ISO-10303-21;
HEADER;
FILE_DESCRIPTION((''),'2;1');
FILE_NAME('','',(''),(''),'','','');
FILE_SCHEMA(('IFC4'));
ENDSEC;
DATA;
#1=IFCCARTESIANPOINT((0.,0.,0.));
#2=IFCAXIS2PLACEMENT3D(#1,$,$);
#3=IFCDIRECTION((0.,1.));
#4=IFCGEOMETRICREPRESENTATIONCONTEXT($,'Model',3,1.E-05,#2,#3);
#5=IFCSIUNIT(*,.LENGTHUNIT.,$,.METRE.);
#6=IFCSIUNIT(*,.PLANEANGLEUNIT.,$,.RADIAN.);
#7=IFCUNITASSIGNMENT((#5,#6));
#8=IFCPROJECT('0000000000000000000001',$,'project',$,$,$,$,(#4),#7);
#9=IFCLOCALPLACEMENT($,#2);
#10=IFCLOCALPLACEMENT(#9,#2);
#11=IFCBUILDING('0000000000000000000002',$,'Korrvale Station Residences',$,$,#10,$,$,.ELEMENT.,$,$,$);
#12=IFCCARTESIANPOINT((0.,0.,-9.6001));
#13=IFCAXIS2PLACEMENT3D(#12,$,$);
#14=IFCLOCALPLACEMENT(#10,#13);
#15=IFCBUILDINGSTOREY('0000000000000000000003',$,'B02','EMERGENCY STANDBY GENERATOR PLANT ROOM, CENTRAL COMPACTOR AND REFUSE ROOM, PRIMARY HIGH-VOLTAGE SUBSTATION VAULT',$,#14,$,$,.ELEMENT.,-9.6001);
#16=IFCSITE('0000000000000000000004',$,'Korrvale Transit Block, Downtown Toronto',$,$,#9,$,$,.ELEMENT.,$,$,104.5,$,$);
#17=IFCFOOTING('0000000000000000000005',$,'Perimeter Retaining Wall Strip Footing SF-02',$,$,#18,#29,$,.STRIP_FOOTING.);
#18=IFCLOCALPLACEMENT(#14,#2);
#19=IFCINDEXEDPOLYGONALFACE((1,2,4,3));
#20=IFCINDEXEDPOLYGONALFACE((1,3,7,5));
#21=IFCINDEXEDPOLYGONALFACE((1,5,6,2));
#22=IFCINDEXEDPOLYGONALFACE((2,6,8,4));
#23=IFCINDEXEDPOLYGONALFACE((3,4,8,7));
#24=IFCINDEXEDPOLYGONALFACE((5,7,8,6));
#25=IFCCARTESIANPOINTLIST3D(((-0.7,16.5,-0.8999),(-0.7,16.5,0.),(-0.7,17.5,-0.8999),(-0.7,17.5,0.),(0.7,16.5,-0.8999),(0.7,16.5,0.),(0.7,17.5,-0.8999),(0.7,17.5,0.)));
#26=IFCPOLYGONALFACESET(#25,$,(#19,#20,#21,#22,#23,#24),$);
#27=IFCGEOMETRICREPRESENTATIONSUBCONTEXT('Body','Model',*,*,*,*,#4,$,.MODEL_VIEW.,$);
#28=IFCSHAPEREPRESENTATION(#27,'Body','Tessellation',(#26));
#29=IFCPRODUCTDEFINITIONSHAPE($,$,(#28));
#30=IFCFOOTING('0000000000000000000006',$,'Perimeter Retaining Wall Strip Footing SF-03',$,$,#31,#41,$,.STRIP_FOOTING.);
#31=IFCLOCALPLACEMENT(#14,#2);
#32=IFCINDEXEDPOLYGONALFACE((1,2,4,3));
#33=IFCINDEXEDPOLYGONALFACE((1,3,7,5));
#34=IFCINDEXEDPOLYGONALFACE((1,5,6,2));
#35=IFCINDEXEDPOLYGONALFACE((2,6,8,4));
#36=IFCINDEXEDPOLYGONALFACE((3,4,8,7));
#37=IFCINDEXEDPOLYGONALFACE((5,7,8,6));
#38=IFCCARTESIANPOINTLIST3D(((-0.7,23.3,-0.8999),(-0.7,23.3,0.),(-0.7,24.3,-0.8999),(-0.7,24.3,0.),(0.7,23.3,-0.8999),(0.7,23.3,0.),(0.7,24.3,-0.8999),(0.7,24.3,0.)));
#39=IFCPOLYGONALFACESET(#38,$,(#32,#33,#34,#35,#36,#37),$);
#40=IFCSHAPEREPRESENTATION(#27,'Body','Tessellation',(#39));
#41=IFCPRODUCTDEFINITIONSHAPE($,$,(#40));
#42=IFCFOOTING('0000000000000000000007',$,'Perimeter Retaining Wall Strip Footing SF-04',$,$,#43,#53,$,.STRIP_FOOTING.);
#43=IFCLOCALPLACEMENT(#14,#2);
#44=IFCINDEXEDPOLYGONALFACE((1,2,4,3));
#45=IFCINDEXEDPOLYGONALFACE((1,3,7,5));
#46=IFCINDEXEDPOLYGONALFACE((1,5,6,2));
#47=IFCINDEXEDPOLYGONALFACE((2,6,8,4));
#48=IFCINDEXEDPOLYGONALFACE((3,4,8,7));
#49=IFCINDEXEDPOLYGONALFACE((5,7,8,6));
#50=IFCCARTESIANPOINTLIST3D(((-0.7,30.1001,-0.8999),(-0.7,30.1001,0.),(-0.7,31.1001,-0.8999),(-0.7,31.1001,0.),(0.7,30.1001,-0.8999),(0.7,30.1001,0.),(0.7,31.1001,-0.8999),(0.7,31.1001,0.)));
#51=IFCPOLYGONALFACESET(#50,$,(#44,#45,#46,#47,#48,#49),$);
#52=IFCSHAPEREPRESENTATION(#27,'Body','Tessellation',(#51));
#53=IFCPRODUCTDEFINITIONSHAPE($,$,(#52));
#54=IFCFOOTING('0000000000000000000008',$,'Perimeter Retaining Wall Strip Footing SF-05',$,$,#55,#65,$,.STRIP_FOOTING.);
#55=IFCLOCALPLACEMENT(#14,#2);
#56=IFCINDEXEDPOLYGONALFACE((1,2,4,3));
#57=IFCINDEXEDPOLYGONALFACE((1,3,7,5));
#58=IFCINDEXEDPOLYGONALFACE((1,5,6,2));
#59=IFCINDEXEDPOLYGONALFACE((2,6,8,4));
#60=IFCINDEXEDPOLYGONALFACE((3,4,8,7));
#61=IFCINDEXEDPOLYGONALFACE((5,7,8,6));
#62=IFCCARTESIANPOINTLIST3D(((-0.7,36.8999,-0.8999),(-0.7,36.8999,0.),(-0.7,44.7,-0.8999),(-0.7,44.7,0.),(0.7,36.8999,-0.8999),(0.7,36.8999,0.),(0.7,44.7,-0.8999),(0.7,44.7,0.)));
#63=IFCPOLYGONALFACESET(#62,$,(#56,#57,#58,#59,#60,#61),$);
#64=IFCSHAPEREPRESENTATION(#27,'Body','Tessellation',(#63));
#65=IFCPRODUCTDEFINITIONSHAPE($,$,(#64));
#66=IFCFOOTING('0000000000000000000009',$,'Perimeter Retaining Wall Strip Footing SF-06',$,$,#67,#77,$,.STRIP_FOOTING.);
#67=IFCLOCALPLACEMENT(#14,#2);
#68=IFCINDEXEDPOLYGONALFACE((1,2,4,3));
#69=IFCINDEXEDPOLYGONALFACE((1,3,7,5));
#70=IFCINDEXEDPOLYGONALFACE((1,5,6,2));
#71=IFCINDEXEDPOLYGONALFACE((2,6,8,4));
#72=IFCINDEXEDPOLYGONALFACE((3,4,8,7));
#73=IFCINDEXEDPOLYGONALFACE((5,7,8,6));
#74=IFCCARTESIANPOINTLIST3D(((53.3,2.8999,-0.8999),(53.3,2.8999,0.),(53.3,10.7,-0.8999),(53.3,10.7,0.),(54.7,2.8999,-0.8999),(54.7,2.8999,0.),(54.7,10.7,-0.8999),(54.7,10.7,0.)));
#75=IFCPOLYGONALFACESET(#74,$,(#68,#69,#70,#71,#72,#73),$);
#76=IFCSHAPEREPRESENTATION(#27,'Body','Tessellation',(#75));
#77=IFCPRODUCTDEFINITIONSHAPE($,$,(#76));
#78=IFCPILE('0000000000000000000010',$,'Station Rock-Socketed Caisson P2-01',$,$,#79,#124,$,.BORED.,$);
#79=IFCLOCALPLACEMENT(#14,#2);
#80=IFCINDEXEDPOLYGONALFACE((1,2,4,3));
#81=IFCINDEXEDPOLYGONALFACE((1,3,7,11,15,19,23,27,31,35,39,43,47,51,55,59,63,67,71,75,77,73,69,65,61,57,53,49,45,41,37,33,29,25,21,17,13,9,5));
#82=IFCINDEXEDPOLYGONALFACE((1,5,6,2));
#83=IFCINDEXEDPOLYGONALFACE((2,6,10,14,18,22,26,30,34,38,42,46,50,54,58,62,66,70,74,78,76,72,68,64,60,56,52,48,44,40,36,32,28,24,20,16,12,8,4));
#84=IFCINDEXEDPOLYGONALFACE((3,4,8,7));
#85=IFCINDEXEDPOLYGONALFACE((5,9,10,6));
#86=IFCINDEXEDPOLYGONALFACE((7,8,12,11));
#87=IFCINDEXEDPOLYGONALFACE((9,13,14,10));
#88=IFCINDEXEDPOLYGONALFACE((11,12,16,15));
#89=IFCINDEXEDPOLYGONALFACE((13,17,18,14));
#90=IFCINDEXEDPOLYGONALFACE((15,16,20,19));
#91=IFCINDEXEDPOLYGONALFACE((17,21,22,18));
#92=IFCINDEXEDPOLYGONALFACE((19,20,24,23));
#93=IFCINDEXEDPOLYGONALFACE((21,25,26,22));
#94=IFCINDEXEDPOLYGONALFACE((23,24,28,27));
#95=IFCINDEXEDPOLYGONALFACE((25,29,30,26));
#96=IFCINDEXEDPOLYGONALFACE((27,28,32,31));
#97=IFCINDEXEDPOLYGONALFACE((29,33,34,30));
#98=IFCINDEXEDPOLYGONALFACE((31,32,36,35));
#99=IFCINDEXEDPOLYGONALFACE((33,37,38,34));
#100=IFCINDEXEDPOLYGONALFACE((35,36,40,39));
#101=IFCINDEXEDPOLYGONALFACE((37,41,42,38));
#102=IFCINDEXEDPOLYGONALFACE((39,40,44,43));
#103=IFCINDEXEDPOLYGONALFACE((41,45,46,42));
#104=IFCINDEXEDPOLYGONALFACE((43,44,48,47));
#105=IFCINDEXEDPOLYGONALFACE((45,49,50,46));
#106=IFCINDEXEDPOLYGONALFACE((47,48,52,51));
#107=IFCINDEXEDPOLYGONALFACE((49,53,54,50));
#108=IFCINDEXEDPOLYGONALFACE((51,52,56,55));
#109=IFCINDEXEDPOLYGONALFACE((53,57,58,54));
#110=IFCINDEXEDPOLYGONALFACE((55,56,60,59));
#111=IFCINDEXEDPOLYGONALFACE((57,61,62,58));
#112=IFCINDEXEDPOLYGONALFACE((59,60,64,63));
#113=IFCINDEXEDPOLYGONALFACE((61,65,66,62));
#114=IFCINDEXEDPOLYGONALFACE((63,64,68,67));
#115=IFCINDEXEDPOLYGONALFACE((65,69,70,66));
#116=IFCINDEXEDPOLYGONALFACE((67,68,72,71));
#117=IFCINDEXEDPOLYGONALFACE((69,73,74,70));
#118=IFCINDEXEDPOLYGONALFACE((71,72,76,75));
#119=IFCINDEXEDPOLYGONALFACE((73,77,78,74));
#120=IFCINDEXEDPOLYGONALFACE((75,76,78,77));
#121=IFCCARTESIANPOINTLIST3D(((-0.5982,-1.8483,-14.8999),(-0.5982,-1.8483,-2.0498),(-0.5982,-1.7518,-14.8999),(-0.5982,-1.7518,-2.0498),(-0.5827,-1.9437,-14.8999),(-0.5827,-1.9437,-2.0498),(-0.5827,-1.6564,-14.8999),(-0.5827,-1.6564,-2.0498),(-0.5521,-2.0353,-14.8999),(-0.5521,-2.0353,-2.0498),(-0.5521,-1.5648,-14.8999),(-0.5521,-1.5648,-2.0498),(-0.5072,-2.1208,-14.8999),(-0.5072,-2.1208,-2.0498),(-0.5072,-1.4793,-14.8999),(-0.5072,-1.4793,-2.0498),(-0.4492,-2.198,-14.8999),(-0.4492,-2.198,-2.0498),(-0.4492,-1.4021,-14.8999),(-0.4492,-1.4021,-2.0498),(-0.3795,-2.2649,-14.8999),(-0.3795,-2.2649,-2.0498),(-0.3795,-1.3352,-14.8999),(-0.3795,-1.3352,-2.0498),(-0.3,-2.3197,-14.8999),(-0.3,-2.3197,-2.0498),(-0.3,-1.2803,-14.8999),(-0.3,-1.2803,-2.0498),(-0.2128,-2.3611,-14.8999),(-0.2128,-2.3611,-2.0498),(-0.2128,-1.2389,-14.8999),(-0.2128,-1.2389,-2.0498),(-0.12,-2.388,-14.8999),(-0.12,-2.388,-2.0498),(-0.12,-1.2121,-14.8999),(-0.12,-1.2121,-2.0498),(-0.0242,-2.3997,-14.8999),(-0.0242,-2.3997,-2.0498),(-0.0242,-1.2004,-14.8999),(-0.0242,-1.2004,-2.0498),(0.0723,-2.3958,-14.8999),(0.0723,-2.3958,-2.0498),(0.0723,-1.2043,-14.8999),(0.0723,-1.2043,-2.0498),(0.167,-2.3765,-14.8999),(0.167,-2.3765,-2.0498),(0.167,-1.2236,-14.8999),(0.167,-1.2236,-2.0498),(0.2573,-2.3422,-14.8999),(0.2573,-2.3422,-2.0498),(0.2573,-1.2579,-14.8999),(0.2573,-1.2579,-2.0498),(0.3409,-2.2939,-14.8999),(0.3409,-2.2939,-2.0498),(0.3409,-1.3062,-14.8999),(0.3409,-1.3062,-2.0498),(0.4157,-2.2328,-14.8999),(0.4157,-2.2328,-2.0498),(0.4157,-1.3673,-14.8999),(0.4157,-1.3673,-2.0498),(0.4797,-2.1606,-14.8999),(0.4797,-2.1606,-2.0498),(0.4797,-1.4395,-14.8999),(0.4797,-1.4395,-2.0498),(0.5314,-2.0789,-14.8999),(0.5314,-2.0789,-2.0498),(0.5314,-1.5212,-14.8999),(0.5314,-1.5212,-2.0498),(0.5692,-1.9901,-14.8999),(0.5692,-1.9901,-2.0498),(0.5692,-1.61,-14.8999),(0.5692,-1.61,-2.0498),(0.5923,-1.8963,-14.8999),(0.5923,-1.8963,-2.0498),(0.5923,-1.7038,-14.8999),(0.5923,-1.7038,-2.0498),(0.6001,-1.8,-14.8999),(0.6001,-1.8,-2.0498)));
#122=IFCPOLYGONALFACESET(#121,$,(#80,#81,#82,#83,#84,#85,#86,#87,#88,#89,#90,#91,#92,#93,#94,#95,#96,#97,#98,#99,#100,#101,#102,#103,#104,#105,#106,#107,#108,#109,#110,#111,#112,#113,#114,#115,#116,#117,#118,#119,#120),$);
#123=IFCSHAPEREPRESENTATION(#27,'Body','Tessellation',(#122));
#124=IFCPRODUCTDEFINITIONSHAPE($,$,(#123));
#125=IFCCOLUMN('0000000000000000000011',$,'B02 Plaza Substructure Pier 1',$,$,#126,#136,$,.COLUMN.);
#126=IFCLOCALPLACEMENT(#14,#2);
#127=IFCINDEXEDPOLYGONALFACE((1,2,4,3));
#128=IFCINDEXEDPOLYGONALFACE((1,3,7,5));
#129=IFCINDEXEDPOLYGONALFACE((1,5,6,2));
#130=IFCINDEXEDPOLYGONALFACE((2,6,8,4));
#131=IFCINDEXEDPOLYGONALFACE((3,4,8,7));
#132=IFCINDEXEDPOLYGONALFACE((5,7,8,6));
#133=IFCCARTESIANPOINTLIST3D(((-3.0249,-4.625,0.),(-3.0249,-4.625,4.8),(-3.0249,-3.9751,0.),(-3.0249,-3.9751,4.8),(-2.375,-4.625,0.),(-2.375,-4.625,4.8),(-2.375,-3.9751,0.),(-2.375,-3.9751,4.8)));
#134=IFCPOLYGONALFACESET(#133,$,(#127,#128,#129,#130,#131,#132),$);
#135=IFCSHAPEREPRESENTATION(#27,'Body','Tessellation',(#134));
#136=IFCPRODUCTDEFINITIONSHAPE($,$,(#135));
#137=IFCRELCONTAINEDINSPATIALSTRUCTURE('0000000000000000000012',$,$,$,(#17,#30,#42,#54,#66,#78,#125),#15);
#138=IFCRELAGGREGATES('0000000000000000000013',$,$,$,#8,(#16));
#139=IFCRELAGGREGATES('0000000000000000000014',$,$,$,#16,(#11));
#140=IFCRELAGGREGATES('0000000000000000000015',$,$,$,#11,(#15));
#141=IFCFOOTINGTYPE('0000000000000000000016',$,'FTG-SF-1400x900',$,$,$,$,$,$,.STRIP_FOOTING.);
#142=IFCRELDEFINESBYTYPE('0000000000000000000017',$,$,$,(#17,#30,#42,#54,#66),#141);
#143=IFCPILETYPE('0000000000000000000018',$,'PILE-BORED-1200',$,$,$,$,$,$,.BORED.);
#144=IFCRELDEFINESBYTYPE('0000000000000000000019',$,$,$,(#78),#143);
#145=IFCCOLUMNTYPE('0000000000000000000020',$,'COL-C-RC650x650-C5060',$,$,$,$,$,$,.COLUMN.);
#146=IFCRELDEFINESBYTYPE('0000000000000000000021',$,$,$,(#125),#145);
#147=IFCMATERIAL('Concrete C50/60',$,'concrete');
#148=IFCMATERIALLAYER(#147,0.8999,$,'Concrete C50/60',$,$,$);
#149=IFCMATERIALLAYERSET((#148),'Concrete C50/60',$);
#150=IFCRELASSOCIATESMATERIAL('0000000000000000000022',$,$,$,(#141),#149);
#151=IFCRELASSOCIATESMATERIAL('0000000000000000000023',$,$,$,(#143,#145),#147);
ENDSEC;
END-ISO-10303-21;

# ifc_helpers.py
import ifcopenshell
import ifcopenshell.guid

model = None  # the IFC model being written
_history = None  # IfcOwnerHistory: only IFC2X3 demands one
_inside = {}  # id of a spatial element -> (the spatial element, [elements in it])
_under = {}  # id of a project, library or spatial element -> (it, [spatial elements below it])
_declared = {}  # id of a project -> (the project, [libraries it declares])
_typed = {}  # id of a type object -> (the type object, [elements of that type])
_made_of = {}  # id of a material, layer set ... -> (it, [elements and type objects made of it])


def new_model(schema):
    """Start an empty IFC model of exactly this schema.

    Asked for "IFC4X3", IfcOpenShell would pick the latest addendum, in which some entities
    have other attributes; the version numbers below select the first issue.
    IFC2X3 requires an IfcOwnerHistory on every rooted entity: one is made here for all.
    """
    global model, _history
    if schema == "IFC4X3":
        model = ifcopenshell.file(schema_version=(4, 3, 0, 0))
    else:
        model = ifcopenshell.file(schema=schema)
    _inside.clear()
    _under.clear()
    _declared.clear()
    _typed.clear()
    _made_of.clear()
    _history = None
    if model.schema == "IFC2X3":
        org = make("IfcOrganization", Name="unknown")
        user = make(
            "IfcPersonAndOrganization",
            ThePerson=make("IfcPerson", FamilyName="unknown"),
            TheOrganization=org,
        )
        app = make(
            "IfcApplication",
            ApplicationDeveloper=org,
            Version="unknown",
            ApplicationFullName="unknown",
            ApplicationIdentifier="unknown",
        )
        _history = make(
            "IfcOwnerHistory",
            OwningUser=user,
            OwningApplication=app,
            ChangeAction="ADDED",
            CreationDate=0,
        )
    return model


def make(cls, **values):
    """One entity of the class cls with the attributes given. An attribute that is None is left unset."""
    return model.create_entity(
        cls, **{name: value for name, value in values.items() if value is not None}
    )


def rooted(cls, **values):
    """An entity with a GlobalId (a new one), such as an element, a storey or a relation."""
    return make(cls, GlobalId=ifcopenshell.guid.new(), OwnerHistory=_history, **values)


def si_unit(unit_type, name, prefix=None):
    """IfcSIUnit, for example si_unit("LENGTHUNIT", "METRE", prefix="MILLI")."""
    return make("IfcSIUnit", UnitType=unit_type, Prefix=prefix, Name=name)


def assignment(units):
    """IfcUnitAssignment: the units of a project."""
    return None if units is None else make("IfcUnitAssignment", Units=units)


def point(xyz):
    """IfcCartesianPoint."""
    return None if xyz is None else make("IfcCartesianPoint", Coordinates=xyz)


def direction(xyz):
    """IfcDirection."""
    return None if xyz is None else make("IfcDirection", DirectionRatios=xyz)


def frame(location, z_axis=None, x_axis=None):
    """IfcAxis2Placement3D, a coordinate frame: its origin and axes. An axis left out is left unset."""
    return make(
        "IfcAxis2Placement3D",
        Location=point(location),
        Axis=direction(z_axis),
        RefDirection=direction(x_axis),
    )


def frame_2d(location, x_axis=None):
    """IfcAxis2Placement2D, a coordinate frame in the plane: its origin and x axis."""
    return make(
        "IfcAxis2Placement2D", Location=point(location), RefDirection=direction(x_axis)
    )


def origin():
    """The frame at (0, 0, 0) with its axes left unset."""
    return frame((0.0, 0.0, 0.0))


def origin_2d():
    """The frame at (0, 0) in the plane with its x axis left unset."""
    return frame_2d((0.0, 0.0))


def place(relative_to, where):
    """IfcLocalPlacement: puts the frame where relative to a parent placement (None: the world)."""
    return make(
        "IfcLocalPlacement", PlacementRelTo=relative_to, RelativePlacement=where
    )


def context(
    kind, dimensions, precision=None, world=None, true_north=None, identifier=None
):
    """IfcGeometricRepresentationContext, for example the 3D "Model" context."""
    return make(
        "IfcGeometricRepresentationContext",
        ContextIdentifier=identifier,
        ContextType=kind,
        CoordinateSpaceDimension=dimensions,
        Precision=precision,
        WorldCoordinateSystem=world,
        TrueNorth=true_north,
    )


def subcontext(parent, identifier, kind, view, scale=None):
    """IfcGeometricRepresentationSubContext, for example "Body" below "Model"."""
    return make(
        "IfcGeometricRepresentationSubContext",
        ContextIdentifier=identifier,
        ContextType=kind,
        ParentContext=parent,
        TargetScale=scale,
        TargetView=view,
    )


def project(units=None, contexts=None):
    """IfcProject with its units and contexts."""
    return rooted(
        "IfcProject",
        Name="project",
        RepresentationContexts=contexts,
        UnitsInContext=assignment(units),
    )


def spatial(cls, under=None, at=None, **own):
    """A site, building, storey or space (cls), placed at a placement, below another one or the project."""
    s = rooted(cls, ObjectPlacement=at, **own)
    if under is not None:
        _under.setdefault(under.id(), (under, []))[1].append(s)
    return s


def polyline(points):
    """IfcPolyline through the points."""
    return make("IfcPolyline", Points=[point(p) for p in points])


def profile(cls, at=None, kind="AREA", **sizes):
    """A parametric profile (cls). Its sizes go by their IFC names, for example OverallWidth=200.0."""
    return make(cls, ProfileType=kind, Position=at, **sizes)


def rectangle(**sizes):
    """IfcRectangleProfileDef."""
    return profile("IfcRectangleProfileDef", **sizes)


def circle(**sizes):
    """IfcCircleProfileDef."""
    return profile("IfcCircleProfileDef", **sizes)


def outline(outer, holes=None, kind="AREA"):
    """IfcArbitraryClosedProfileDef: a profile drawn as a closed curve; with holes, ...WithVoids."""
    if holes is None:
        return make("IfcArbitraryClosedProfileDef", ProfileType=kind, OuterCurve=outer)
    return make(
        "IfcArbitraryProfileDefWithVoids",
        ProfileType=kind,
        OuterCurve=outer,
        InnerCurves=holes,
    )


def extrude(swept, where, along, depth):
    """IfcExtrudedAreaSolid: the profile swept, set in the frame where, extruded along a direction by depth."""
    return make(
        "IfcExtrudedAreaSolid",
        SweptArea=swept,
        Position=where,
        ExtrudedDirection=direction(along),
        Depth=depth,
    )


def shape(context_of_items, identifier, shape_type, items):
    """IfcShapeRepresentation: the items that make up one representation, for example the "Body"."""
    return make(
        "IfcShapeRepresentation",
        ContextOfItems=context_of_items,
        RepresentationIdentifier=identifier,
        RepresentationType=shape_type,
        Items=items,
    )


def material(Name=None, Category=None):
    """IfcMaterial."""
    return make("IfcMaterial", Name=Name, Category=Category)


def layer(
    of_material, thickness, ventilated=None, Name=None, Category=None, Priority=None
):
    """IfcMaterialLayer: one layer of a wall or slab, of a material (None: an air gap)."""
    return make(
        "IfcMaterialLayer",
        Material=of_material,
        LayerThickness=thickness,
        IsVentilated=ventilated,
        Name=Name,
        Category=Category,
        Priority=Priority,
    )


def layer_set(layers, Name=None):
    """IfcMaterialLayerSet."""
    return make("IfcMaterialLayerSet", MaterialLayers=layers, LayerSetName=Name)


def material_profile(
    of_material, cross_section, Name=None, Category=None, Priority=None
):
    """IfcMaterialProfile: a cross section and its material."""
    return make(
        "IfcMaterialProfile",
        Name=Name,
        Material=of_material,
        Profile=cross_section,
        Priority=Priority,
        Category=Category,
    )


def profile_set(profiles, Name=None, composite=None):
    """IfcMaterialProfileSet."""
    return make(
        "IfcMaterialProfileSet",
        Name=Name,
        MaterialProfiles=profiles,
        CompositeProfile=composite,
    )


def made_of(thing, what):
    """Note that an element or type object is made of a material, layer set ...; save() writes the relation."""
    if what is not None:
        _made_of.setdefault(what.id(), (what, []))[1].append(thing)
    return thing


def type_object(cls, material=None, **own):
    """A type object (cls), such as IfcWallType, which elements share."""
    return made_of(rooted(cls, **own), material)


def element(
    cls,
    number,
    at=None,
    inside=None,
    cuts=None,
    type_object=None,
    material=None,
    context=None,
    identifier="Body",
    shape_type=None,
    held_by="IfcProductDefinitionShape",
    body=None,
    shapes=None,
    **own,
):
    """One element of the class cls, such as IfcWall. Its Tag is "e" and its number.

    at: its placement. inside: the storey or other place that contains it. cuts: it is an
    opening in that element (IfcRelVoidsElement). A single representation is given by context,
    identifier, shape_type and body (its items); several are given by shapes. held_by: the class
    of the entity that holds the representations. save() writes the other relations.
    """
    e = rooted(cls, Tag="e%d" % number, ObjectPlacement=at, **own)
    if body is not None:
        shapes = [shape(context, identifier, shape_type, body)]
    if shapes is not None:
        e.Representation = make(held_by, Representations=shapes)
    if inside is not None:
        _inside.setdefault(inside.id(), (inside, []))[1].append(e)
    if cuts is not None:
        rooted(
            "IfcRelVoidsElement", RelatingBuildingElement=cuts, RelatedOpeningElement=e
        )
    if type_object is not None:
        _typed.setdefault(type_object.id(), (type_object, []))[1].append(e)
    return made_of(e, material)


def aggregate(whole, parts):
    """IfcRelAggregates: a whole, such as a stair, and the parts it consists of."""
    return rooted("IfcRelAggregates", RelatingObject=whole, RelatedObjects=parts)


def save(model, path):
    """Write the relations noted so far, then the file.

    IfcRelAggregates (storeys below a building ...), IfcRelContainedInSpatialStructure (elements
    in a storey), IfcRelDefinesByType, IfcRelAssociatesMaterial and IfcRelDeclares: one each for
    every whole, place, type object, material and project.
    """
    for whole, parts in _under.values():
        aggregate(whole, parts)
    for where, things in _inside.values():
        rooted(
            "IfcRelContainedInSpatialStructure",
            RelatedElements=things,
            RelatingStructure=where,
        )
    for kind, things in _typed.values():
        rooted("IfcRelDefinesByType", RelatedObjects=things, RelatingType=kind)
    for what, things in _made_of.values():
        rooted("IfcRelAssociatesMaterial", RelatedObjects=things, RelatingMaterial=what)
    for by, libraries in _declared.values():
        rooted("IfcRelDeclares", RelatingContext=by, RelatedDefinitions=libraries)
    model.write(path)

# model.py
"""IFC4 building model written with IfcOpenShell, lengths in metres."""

from ifc_helpers import new_model, si_unit, direction, frame, origin, origin_2d, place, context, subcontext, project, spatial, polyline, rectangle, circle, outline, extrude, material, layer, layer_set, material_profile, profile_set, type_object, element, save


model = new_model("IFC4")

# Units and contexts
model_context = context("Model", 3, precision=1e-05, world=origin(), true_north=direction((0.0, 1.0)))
body_context = subcontext(model_context, "Body", "Model", "MODEL_VIEW")
ifc_project = project(units=[si_unit("LENGTHUNIT", "METRE"), si_unit("PLANEANGLEUNIT", "RADIAN")], contexts=[model_context])

# Site, building, storey
site_placement = place(None, origin())
site = spatial("IfcSite", under=ifc_project, at=site_placement, Name="Korrvale Transit Block, Downtown Toronto", CompositionType="ELEMENT", RefElevation=104.5)
building_placement = place(site_placement, origin())
building = spatial("IfcBuilding", under=site, at=building_placement, Name="Korrvale Station Residences", CompositionType="ELEMENT")
storey_placement = place(building_placement, frame((0.0, 0.0, -9.6001)))
storey = spatial("IfcBuildingStorey", under=building, at=storey_placement, Name="B02", Description="EMERGENCY STANDBY GENERATOR PLANT ROOM, CENTRAL COMPACTOR AND REFUSE ROOM, PRIMARY HIGH-VOLTAGE SUBSTATION VAULT", CompositionType="ELEMENT", Elevation=-9.6001)

# Footings
ifc_material = material(Name="Concrete C50/60", Category="concrete")
ifc_layer_1 = layer(ifc_material, 0.8999, Name="Concrete C50/60")
ifc_layer_set_1 = layer_set([ifc_layer_1], Name="Concrete C50/60")
footing_type_1 = type_object("IfcFootingType", Name="FTG-SF-1400x900", PredefinedType="STRIP_FOOTING", material=ifc_layer_set_1)
footing_1_placement = place(storey_placement, frame((0.0, 0.0, -0.8999)))
element("IfcFooting", 1, at=footing_1_placement, inside=storey, type_object=footing_type_1, Name="Perimeter Retaining Wall Strip Footing SF-02", PredefinedType="STRIP_FOOTING", context=body_context, shape_type="SweptSolid", body=[
    extrude(outline(polyline([(-0.7, 16.5), (0.7, 16.5), (0.7, 17.5), (-0.7, 17.5), (-0.7, 16.5)])), origin(), (0.0, 0.0, 1.0), 0.8999),
])
footing_2_placement = place(storey_placement, frame((0.0, 0.0, -0.8999)))
element("IfcFooting", 2, at=footing_2_placement, inside=storey, type_object=footing_type_1, Name="Perimeter Retaining Wall Strip Footing SF-03", PredefinedType="STRIP_FOOTING", context=body_context, shape_type="SweptSolid", body=[
    extrude(outline(polyline([(-0.7, 23.3), (0.7, 23.3), (0.7, 24.3), (-0.7, 24.3), (-0.7, 23.3)])), origin(), (0.0, 0.0, 1.0), 0.8999),
])
footing_3_placement = place(storey_placement, frame((0.0, 0.0, -0.8999)))
element("IfcFooting", 3, at=footing_3_placement, inside=storey, type_object=footing_type_1, Name="Perimeter Retaining Wall Strip Footing SF-04", PredefinedType="STRIP_FOOTING", context=body_context, shape_type="SweptSolid", body=[
    extrude(outline(polyline([(-0.7, 30.1001), (0.7, 30.1001), (0.7, 31.1001), (-0.7, 31.1001), (-0.7, 30.1001)])), origin(), (0.0, 0.0, 1.0), 0.8999),
])
footing_4_placement = place(storey_placement, frame((0.0, 0.0, -0.8999)))
element("IfcFooting", 4, at=footing_4_placement, inside=storey, type_object=footing_type_1, Name="Perimeter Retaining Wall Strip Footing SF-05", PredefinedType="STRIP_FOOTING", context=body_context, shape_type="SweptSolid", body=[
    extrude(outline(polyline([(-0.7, 36.8999), (0.7, 36.8999), (0.7, 44.7), (-0.7, 44.7), (-0.7, 36.8999)])), origin(), (0.0, 0.0, 1.0), 0.8999),
])
footing_5_placement = place(storey_placement, frame((0.0, 0.0, -0.8999)))
element("IfcFooting", 5, at=footing_5_placement, inside=storey, type_object=footing_type_1, Name="Perimeter Retaining Wall Strip Footing SF-06", PredefinedType="STRIP_FOOTING", context=body_context, shape_type="SweptSolid", body=[
    extrude(outline(polyline([(53.3, 2.8999), (54.7, 2.8999), (54.7, 10.7), (53.3, 10.7), (53.3, 2.8999)])), origin(), (0.0, 0.0, 1.0), 0.8999),
])

# Pile
ifc_material_profile_1 = material_profile(ifc_material, circle(Radius=0.6001, at=origin_2d()), Name="PILE1200")
ifc_profile_set_1 = profile_set([ifc_material_profile_1], Name="Concrete C50/60")
pile_type = type_object("IfcPileType", Name="PILE-BORED-1200", PredefinedType="BORED", material=ifc_profile_set_1)
pile_placement = place(storey_placement, frame((0.0, -1.8, -2.0498), z_axis=(0.0, 0.0, -1.0), x_axis=(1.0, 0.0, 0.0)))
element("IfcPile", 6, at=pile_placement, inside=storey, type_object=pile_type, Name="Station Rock-Socketed Caisson P2-01", PredefinedType="BORED", context=body_context, shape_type="SweptSolid", body=[
    extrude(circle(Radius=0.6001, at=origin_2d()), origin(), (0.0, 0.0, 1.0), 12.8501),
])

# Column
ifc_material_profile_2 = material_profile(ifc_material, rectangle(XDim=0.6499, YDim=0.6499, at=origin_2d()), Name="RC650x650")
ifc_profile_set_2 = profile_set([ifc_material_profile_2], Name="Concrete C50/60")
column_type = type_object("IfcColumnType", Name="COL-C-RC650x650-C5060", PredefinedType="COLUMN", material=ifc_profile_set_2)
column_placement = place(storey_placement, frame((-2.7, -4.3, 0.0), z_axis=(0.0, 0.0, 1.0), x_axis=(1.0, 0.0, 0.0)))
element("IfcColumn", 7, at=column_placement, inside=storey, type_object=column_type, Name="B02 Plaza Substructure Pier 1", PredefinedType="COLUMN", context=body_context, shape_type="SweptSolid", body=[
    extrude(rectangle(XDim=0.6499, YDim=0.6499, at=origin_2d()), origin(), (0.0, 0.0, 1.0), 4.8),
])

save(model, "model.ifc")
